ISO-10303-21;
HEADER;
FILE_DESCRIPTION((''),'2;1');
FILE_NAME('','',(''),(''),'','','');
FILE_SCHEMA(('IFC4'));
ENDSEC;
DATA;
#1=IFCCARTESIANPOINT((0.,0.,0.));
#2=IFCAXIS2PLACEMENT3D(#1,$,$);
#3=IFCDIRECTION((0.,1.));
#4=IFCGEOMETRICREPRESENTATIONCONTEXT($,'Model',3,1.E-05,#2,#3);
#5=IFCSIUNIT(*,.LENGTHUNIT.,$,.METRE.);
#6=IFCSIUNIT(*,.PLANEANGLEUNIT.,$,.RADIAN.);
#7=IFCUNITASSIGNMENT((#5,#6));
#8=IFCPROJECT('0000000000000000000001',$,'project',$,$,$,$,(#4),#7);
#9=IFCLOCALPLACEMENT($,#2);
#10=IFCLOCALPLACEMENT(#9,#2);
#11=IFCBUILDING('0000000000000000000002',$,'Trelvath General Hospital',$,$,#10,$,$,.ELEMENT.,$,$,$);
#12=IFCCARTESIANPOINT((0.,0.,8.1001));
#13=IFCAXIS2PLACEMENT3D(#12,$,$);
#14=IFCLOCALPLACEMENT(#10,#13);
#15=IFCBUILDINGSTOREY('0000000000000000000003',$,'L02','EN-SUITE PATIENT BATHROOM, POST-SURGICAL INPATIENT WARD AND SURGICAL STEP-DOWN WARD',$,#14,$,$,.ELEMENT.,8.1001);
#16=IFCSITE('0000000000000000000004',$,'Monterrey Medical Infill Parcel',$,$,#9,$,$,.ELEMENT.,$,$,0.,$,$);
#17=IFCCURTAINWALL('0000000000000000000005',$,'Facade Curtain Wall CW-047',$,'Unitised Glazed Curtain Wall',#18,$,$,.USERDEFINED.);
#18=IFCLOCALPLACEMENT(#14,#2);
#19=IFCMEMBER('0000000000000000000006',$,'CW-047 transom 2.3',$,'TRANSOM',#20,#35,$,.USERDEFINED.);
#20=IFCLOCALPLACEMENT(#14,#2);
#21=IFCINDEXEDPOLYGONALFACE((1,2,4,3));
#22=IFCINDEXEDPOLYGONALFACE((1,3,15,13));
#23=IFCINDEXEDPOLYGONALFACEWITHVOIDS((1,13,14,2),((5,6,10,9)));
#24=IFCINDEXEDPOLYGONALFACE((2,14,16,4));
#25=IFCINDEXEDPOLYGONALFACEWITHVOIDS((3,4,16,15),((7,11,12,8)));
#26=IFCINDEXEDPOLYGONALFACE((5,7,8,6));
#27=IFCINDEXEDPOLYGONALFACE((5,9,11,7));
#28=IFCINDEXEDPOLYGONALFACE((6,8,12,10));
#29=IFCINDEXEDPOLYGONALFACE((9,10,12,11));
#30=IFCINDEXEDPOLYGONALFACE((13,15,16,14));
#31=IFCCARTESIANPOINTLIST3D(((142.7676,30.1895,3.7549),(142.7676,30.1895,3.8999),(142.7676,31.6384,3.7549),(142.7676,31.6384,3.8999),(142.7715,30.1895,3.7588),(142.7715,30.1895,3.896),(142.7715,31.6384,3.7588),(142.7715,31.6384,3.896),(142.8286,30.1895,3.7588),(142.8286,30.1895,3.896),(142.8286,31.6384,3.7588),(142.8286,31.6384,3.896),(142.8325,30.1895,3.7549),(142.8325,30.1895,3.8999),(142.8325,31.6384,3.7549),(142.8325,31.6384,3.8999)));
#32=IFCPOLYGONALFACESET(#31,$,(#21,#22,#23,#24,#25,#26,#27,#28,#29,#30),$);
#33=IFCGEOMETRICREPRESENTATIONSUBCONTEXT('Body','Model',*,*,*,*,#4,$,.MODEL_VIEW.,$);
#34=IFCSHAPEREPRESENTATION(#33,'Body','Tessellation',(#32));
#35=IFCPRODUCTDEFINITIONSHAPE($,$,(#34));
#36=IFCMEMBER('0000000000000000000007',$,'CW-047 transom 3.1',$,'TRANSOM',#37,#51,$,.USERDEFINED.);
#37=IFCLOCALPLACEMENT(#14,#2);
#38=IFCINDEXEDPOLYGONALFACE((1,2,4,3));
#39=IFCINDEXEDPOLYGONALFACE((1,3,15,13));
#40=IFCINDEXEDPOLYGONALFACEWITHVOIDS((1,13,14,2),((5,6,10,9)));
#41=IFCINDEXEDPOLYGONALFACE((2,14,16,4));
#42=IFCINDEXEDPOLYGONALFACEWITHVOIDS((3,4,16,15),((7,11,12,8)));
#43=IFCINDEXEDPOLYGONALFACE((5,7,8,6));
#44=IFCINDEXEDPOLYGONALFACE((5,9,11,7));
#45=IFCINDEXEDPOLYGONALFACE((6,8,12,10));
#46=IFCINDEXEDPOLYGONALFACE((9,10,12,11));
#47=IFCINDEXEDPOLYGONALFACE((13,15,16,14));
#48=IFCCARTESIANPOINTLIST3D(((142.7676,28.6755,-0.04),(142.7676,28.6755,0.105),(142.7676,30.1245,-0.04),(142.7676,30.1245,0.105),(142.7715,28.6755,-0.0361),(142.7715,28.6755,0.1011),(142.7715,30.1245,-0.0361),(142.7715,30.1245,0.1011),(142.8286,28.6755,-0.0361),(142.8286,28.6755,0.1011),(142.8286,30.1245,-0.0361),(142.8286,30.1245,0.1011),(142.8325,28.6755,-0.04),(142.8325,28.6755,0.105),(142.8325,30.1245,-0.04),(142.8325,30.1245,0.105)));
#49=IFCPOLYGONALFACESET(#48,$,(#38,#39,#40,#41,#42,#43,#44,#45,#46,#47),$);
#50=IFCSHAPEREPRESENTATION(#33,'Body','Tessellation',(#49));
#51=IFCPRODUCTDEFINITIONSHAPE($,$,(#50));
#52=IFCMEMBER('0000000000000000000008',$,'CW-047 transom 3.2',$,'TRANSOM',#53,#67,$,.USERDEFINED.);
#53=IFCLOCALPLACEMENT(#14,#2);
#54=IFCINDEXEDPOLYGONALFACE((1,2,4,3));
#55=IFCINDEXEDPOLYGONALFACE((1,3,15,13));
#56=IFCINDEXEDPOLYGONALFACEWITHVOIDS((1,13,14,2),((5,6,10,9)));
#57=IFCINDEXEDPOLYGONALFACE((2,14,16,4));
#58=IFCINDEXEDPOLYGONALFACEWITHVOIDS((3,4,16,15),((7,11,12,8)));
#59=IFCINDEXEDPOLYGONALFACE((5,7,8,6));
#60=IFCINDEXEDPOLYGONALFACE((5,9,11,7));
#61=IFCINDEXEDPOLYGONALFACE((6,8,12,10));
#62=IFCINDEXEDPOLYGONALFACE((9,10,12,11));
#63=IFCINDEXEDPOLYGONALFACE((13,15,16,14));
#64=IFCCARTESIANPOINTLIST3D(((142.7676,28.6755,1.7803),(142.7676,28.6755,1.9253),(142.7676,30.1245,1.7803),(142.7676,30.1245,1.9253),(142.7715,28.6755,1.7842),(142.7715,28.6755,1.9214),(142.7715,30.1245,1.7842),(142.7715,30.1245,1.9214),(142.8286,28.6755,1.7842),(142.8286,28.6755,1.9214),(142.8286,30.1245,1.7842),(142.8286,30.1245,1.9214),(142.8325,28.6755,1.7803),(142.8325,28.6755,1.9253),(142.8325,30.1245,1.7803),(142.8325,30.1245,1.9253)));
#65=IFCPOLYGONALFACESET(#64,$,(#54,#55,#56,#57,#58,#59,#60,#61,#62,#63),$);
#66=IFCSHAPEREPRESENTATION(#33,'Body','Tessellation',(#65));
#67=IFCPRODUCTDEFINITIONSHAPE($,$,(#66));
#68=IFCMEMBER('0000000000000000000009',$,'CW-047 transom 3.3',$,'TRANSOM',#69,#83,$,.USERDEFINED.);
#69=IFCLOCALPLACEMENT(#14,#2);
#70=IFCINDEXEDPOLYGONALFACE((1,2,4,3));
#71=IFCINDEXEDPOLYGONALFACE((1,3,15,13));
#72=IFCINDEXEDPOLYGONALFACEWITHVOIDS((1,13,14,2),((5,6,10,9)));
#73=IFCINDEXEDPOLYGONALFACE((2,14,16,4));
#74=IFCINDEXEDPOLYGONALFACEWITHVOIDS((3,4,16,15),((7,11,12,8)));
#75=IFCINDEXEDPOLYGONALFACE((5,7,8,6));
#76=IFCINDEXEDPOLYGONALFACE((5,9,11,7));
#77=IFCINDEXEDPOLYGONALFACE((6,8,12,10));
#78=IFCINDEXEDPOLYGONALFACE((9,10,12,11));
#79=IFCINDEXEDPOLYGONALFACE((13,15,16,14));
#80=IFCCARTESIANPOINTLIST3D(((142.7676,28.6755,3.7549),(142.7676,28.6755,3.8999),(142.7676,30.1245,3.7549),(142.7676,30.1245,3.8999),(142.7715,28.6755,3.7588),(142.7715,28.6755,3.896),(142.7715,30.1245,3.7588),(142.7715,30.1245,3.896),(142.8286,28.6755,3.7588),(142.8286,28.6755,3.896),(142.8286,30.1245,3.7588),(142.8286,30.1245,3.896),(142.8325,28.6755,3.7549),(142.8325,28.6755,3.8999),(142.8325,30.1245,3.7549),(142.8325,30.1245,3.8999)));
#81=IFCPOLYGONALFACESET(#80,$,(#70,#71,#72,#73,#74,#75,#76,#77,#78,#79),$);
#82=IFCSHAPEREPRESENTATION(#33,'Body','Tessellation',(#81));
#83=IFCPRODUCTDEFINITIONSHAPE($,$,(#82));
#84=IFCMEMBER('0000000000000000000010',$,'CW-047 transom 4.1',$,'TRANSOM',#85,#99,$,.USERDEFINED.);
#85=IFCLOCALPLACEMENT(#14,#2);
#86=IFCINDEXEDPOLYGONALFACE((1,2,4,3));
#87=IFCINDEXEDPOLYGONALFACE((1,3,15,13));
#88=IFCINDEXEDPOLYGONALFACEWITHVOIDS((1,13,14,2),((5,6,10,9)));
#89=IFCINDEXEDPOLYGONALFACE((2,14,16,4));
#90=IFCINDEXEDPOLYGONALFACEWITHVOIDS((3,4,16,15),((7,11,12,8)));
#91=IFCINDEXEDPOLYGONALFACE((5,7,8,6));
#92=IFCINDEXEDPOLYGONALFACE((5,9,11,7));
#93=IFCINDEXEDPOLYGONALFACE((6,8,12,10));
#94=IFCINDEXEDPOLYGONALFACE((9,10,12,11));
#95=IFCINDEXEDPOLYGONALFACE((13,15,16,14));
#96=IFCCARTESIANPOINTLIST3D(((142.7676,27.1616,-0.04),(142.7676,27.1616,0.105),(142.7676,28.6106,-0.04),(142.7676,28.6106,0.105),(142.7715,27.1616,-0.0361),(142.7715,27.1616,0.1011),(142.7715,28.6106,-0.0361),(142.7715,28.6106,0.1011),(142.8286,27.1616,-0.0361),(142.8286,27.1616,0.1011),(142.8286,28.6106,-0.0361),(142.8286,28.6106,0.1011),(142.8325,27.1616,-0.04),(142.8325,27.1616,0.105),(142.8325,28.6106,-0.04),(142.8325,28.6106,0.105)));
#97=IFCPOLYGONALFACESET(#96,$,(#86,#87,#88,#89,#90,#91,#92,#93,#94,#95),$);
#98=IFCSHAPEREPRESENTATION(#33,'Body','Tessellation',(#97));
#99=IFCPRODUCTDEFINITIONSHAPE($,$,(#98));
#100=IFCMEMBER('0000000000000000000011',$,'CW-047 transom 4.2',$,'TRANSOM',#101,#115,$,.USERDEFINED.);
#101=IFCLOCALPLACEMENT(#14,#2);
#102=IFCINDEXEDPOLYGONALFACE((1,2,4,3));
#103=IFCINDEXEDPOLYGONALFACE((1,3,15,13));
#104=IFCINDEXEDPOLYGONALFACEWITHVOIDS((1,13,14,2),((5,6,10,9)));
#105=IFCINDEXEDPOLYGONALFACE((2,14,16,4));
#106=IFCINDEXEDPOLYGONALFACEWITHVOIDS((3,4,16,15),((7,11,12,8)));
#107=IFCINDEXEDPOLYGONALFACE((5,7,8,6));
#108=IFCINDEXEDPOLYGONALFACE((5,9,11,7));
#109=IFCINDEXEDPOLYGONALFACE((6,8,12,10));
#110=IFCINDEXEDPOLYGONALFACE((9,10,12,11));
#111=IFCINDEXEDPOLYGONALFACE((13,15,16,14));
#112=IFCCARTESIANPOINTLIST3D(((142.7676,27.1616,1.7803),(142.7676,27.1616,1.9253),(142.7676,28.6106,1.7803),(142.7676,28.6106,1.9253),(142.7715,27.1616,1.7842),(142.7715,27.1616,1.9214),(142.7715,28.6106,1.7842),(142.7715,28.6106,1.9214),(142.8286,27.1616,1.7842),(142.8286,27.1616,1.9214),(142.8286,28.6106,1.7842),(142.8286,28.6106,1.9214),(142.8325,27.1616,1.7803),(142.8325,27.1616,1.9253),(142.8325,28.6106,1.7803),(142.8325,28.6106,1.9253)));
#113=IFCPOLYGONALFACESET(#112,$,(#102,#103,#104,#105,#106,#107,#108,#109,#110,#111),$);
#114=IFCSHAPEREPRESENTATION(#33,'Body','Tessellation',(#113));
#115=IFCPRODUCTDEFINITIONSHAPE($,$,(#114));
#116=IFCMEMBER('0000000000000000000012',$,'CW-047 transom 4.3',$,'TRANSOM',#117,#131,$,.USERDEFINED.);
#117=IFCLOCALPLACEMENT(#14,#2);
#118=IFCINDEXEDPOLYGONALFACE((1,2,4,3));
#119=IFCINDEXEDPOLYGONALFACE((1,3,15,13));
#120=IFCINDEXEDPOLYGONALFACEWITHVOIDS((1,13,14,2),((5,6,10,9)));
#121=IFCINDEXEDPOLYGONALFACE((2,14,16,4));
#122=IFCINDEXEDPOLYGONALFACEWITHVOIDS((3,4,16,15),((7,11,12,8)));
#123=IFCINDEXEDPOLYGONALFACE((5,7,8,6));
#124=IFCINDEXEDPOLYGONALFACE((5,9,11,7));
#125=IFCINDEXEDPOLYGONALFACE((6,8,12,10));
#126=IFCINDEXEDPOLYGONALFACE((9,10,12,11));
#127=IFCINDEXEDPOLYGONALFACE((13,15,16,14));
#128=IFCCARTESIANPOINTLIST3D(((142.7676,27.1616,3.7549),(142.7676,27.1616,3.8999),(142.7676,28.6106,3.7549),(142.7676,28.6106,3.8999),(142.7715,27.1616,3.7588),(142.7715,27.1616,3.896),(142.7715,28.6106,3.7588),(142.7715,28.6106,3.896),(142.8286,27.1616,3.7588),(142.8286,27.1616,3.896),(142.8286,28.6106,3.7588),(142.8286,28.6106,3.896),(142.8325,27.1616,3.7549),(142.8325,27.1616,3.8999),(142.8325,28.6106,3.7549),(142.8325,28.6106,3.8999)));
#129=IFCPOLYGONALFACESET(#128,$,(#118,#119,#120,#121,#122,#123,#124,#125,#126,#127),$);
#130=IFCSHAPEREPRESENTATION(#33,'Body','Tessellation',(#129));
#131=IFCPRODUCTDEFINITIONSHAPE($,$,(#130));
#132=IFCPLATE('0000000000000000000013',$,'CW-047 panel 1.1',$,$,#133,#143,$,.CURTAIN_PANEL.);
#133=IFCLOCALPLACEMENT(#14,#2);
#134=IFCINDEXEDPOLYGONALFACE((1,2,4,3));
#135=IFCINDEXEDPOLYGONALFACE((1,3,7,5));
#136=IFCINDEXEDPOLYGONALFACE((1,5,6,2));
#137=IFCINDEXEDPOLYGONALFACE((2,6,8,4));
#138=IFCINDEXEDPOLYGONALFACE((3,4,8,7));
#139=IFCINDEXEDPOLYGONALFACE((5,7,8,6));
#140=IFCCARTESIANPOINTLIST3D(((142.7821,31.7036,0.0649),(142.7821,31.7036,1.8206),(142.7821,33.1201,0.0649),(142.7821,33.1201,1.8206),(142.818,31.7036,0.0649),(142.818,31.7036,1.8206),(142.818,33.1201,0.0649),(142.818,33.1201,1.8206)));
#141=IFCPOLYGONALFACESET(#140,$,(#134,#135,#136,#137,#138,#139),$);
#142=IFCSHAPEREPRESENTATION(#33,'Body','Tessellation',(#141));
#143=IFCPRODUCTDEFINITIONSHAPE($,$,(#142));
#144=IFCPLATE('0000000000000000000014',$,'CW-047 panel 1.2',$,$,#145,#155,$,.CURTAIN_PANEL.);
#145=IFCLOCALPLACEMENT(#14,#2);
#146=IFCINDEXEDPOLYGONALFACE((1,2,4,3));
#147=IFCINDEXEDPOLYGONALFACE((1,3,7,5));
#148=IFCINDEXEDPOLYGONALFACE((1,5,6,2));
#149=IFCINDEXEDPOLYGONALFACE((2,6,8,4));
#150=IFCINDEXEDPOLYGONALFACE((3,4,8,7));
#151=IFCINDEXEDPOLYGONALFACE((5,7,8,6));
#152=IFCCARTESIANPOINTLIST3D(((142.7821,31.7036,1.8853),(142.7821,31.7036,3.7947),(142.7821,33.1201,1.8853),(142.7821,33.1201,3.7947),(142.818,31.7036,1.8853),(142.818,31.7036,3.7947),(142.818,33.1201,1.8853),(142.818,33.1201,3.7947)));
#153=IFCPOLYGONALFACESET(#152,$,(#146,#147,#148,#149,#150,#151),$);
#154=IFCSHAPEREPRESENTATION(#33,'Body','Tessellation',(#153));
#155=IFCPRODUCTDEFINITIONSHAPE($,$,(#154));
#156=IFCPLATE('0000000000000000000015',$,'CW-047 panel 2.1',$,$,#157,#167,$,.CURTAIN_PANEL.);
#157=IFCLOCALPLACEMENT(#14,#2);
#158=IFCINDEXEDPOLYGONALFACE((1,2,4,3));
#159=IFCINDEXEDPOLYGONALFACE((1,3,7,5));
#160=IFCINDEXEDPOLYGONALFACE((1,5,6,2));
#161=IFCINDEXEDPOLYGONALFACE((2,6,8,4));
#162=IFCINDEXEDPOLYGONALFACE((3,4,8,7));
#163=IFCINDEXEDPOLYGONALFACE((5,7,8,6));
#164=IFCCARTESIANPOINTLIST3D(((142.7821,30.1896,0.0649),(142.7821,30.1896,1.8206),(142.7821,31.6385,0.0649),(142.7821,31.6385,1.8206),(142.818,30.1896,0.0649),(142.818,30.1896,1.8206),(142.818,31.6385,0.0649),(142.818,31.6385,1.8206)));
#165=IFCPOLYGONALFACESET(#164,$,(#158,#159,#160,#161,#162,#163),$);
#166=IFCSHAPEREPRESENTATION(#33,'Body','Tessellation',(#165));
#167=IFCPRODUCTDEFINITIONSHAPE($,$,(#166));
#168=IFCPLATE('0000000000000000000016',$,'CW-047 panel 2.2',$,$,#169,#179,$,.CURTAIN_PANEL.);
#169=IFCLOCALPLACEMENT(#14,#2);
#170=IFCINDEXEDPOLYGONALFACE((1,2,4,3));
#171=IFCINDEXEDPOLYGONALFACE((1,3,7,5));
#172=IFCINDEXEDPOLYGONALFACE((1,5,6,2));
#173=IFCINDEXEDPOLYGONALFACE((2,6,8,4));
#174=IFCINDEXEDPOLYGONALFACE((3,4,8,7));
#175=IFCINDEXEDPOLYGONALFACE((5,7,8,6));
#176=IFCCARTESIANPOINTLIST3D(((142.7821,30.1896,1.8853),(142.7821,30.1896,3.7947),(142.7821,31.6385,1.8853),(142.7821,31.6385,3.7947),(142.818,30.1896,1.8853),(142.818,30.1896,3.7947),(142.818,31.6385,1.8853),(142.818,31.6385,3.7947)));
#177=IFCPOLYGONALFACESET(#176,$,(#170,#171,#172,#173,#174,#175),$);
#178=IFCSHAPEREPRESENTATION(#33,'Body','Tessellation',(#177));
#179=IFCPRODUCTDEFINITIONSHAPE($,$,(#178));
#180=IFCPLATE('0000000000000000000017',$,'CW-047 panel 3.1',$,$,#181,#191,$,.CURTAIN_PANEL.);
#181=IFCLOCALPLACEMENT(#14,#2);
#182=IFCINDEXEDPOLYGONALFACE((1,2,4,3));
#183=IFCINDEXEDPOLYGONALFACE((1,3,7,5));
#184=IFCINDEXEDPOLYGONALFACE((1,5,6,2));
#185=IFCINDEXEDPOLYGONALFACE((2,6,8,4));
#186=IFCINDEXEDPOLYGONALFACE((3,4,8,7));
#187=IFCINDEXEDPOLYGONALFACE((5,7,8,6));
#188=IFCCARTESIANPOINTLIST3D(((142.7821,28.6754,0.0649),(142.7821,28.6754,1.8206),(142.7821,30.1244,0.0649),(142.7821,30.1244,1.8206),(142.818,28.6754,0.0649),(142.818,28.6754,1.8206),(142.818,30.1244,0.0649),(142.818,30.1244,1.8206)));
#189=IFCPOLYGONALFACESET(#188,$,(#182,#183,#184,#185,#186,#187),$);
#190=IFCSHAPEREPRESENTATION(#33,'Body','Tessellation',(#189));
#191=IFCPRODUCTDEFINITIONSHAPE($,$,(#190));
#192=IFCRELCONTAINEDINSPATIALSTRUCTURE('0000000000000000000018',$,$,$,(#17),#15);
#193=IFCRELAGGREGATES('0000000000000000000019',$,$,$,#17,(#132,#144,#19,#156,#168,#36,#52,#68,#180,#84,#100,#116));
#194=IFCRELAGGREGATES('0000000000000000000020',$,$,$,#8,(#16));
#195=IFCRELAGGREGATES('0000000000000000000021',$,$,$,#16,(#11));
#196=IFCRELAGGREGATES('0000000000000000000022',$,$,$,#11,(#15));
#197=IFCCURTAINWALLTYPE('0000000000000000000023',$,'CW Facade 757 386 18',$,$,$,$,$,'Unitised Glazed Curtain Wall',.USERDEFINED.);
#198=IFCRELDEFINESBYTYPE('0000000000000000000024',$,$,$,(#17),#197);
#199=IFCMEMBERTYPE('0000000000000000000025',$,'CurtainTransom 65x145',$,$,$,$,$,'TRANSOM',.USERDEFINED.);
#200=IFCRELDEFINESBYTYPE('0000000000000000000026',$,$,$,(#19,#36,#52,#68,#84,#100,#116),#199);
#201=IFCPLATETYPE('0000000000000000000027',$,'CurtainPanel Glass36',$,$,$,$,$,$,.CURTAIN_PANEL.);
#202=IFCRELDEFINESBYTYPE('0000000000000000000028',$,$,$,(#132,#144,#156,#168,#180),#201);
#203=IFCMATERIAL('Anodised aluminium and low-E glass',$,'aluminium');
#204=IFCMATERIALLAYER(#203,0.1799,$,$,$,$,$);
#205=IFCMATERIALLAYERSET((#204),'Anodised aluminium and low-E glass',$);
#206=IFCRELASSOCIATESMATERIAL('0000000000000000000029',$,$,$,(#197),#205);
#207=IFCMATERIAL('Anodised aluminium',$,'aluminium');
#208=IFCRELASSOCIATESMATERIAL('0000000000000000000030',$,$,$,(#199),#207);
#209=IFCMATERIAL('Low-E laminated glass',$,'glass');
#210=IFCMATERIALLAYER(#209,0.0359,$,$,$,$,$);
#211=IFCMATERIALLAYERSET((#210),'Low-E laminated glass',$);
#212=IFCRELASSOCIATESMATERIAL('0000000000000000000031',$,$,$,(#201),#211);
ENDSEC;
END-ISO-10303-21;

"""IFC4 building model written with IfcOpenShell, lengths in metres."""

from ifc_helpers import new_model, si_unit, direction, frame, origin, origin_2d, place, context, subcontext, project, spatial, rectangle, hollow_rectangle, extrude, material, layer, layer_set, material_profile, profile_set, type_object, element, aggregate, save


model = new_model("IFC4")

# Units and contexts
model_context = context("Model", 3, precision=1e-05, world=origin(), true_north=direction((0.0, 1.0)))
body_context = subcontext(model_context, "Body", "Model", "MODEL_VIEW")
ifc_project = project(units=[si_unit("LENGTHUNIT", "METRE"), si_unit("PLANEANGLEUNIT", "RADIAN")], contexts=[model_context])

# Site, building, storey
site_placement = place(None, origin())
site = spatial("IfcSite", under=ifc_project, at=site_placement, Name="Monterrey Medical Infill Parcel", CompositionType="ELEMENT", RefElevation=0.0)
building_placement = place(site_placement, origin())
building = spatial("IfcBuilding", under=site, at=building_placement, Name="Trelvath General Hospital", CompositionType="ELEMENT")
storey_placement = place(building_placement, frame((0.0, 0.0, 8.1001)))
storey = spatial("IfcBuildingStorey", under=building, at=storey_placement, Name="L02", Description="EN-SUITE PATIENT BATHROOM, POST-SURGICAL INPATIENT WARD AND SURGICAL STEP-DOWN WARD", CompositionType="ELEMENT", Elevation=8.1001)

# Curtain wall, members, plates
ifc_material_1 = material(Name="Anodised aluminium and low-E glass", Category="aluminium")
ifc_layer_1 = layer(ifc_material_1, 0.1799)
ifc_layer_set_1 = layer_set([ifc_layer_1], Name="Anodised aluminium and low-E glass")
curtain_wall_type = type_object("IfcCurtainWallType", Name="CW Facade 757 386 18", ElementType="Unitised Glazed Curtain Wall", PredefinedType="USERDEFINED", material=ifc_layer_set_1)
curtain_wall_placement = place(storey_placement, origin())
curtain_wall = element("IfcCurtainWall", 1, at=curtain_wall_placement, inside=storey, type_object=curtain_wall_type, Name="Facade Curtain Wall CW-047", ObjectType="Unitised Glazed Curtain Wall", PredefinedType="USERDEFINED")
ifc_material_2 = material(Name="Anodised aluminium", Category="aluminium")
ifc_material_profile_1 = material_profile(ifc_material_2, hollow_rectangle(XDim=0.0649, YDim=0.145, WallThickness=0.0039, at=origin_2d()), Name="RHS65x145x4")
ifc_profile_set_1 = profile_set([ifc_material_profile_1], Name="Anodised aluminium")
member_type_1 = type_object("IfcMemberType", Name="CurtainTransom 65x145", ElementType="TRANSOM", PredefinedType="USERDEFINED", material=ifc_profile_set_1)
member_1_placement = place(storey_placement, frame((142.8, 31.6384, 3.8274), z_axis=(0.0, -1.0, 0.0), x_axis=(1.0, 0.0, 0.0)))
member_1 = element("IfcMember", 2, at=member_1_placement, type_object=member_type_1, Name="CW-047 transom 2.3", ObjectType="TRANSOM", PredefinedType="USERDEFINED", context=body_context, shape_type="SweptSolid", body=[
    extrude(hollow_rectangle(XDim=0.0649, YDim=0.145, WallThickness=0.0039, at=origin_2d()), origin(), (0.0, 0.0, 1.0), 1.449),
])
member_2_placement = place(storey_placement, frame((142.8, 30.1245, 0.0325), z_axis=(0.0, -1.0, 0.0), x_axis=(1.0, 0.0, 0.0)))
member_2 = element("IfcMember", 3, at=member_2_placement, type_object=member_type_1, Name="CW-047 transom 3.1", ObjectType="TRANSOM", PredefinedType="USERDEFINED", context=body_context, shape_type="SweptSolid", body=[
    extrude(hollow_rectangle(XDim=0.0649, YDim=0.145, WallThickness=0.0039, at=origin_2d()), origin(), (0.0, 0.0, 1.0), 1.449),
])
member_3_placement = place(storey_placement, frame((142.8, 30.1245, 1.8528), z_axis=(0.0, -1.0, 0.0), x_axis=(1.0, 0.0, 0.0)))
member_3 = element("IfcMember", 4, at=member_3_placement, type_object=member_type_1, Name="CW-047 transom 3.2", ObjectType="TRANSOM", PredefinedType="USERDEFINED", context=body_context, shape_type="SweptSolid", body=[
    extrude(hollow_rectangle(XDim=0.0649, YDim=0.145, WallThickness=0.0039, at=origin_2d()), origin(), (0.0, 0.0, 1.0), 1.449),
])
member_4_placement = place(storey_placement, frame((142.8, 30.1245, 3.8274), z_axis=(0.0, -1.0, 0.0), x_axis=(1.0, 0.0, 0.0)))
member_4 = element("IfcMember", 5, at=member_4_placement, type_object=member_type_1, Name="CW-047 transom 3.3", ObjectType="TRANSOM", PredefinedType="USERDEFINED", context=body_context, shape_type="SweptSolid", body=[
    extrude(hollow_rectangle(XDim=0.0649, YDim=0.145, WallThickness=0.0039, at=origin_2d()), origin(), (0.0, 0.0, 1.0), 1.449),
])
member_5_placement = place(storey_placement, frame((142.8, 28.6106, 0.0325), z_axis=(0.0, -1.0, 0.0), x_axis=(1.0, 0.0, 0.0)))
member_5 = element("IfcMember", 6, at=member_5_placement, type_object=member_type_1, Name="CW-047 transom 4.1", ObjectType="TRANSOM", PredefinedType="USERDEFINED", context=body_context, shape_type="SweptSolid", body=[
    extrude(hollow_rectangle(XDim=0.0649, YDim=0.145, WallThickness=0.0039, at=origin_2d()), origin(), (0.0, 0.0, 1.0), 1.449),
])
member_6_placement = place(storey_placement, frame((142.8, 28.6106, 1.8528), z_axis=(0.0, -1.0, 0.0), x_axis=(1.0, 0.0, 0.0)))
member_6 = element("IfcMember", 7, at=member_6_placement, type_object=member_type_1, Name="CW-047 transom 4.2", ObjectType="TRANSOM", PredefinedType="USERDEFINED", context=body_context, shape_type="SweptSolid", body=[
    extrude(hollow_rectangle(XDim=0.0649, YDim=0.145, WallThickness=0.0039, at=origin_2d()), origin(), (0.0, 0.0, 1.0), 1.449),
])
member_7_placement = place(storey_placement, frame((142.8, 28.6106, 3.8274), z_axis=(0.0, -1.0, 0.0), x_axis=(1.0, 0.0, 0.0)))
member_7 = element("IfcMember", 8, at=member_7_placement, type_object=member_type_1, Name="CW-047 transom 4.3", ObjectType="TRANSOM", PredefinedType="USERDEFINED", context=body_context, shape_type="SweptSolid", body=[
    extrude(hollow_rectangle(XDim=0.0649, YDim=0.145, WallThickness=0.0039, at=origin_2d()), origin(), (0.0, 0.0, 1.0), 1.449),
])
ifc_material_3 = material(Name="Low-E laminated glass", Category="glass")
ifc_layer_2 = layer(ifc_material_3, 0.0359)
ifc_layer_set_2 = layer_set([ifc_layer_2], Name="Low-E laminated glass")
plate_type = type_object("IfcPlateType", Name="CurtainPanel Glass36", PredefinedType="CURTAIN_PANEL", material=ifc_layer_set_2)
plate_1_placement = place(storey_placement, frame((142.8, 32.4119, 0.0649), z_axis=(0.0, 0.0, 1.0), x_axis=(0.0, -1.0, 0.0)))
plate_1 = element("IfcPlate", 9, at=plate_1_placement, type_object=plate_type, Name="CW-047 panel 1.1", PredefinedType="CURTAIN_PANEL", context=body_context, shape_type="SweptSolid", body=[
    extrude(rectangle(XDim=1.4165, YDim=0.0359, at=origin_2d()), origin(), (0.0, 0.0, 1.0), 1.7556),
])
plate_2_placement = place(storey_placement, frame((142.8, 32.4119, 1.8853), z_axis=(0.0, 0.0, 1.0), x_axis=(0.0, -1.0, 0.0)))
plate_2 = element("IfcPlate", 10, at=plate_2_placement, type_object=plate_type, Name="CW-047 panel 1.2", PredefinedType="CURTAIN_PANEL", context=body_context, shape_type="SweptSolid", body=[
    extrude(rectangle(XDim=1.4165, YDim=0.0359, at=origin_2d()), origin(), (0.0, 0.0, 1.0), 1.9094),
])
plate_3_placement = place(storey_placement, frame((142.8, 30.9141, 0.0649), z_axis=(0.0, 0.0, 1.0), x_axis=(0.0, -1.0, 0.0)))
plate_3 = element("IfcPlate", 11, at=plate_3_placement, type_object=plate_type, Name="CW-047 panel 2.1", PredefinedType="CURTAIN_PANEL", context=body_context, shape_type="SweptSolid", body=[
    extrude(rectangle(XDim=1.449, YDim=0.0359, at=origin_2d()), origin(), (0.0, 0.0, 1.0), 1.7556),
])
plate_4_placement = place(storey_placement, frame((142.8, 30.9141, 1.8853), z_axis=(0.0, 0.0, 1.0), x_axis=(0.0, -1.0, 0.0)))
plate_4 = element("IfcPlate", 12, at=plate_4_placement, type_object=plate_type, Name="CW-047 panel 2.2", PredefinedType="CURTAIN_PANEL", context=body_context, shape_type="SweptSolid", body=[
    extrude(rectangle(XDim=1.449, YDim=0.0359, at=origin_2d()), origin(), (0.0, 0.0, 1.0), 1.9094),
])
plate_5_placement = place(storey_placement, frame((142.8, 29.3999, 0.0649), z_axis=(0.0, 0.0, 1.0), x_axis=(0.0, -1.0, 0.0)))
plate_5 = element("IfcPlate", 13, at=plate_5_placement, type_object=plate_type, Name="CW-047 panel 3.1", PredefinedType="CURTAIN_PANEL", context=body_context, shape_type="SweptSolid", body=[
    extrude(rectangle(XDim=1.449, YDim=0.0359, at=origin_2d()), origin(), (0.0, 0.0, 1.0), 1.7556),
])
aggregate(curtain_wall, [plate_1, plate_2, member_1, plate_3, plate_4, member_2, member_3, member_4, plate_5, member_5, member_6, member_7])

save(model, "model.ifc")
